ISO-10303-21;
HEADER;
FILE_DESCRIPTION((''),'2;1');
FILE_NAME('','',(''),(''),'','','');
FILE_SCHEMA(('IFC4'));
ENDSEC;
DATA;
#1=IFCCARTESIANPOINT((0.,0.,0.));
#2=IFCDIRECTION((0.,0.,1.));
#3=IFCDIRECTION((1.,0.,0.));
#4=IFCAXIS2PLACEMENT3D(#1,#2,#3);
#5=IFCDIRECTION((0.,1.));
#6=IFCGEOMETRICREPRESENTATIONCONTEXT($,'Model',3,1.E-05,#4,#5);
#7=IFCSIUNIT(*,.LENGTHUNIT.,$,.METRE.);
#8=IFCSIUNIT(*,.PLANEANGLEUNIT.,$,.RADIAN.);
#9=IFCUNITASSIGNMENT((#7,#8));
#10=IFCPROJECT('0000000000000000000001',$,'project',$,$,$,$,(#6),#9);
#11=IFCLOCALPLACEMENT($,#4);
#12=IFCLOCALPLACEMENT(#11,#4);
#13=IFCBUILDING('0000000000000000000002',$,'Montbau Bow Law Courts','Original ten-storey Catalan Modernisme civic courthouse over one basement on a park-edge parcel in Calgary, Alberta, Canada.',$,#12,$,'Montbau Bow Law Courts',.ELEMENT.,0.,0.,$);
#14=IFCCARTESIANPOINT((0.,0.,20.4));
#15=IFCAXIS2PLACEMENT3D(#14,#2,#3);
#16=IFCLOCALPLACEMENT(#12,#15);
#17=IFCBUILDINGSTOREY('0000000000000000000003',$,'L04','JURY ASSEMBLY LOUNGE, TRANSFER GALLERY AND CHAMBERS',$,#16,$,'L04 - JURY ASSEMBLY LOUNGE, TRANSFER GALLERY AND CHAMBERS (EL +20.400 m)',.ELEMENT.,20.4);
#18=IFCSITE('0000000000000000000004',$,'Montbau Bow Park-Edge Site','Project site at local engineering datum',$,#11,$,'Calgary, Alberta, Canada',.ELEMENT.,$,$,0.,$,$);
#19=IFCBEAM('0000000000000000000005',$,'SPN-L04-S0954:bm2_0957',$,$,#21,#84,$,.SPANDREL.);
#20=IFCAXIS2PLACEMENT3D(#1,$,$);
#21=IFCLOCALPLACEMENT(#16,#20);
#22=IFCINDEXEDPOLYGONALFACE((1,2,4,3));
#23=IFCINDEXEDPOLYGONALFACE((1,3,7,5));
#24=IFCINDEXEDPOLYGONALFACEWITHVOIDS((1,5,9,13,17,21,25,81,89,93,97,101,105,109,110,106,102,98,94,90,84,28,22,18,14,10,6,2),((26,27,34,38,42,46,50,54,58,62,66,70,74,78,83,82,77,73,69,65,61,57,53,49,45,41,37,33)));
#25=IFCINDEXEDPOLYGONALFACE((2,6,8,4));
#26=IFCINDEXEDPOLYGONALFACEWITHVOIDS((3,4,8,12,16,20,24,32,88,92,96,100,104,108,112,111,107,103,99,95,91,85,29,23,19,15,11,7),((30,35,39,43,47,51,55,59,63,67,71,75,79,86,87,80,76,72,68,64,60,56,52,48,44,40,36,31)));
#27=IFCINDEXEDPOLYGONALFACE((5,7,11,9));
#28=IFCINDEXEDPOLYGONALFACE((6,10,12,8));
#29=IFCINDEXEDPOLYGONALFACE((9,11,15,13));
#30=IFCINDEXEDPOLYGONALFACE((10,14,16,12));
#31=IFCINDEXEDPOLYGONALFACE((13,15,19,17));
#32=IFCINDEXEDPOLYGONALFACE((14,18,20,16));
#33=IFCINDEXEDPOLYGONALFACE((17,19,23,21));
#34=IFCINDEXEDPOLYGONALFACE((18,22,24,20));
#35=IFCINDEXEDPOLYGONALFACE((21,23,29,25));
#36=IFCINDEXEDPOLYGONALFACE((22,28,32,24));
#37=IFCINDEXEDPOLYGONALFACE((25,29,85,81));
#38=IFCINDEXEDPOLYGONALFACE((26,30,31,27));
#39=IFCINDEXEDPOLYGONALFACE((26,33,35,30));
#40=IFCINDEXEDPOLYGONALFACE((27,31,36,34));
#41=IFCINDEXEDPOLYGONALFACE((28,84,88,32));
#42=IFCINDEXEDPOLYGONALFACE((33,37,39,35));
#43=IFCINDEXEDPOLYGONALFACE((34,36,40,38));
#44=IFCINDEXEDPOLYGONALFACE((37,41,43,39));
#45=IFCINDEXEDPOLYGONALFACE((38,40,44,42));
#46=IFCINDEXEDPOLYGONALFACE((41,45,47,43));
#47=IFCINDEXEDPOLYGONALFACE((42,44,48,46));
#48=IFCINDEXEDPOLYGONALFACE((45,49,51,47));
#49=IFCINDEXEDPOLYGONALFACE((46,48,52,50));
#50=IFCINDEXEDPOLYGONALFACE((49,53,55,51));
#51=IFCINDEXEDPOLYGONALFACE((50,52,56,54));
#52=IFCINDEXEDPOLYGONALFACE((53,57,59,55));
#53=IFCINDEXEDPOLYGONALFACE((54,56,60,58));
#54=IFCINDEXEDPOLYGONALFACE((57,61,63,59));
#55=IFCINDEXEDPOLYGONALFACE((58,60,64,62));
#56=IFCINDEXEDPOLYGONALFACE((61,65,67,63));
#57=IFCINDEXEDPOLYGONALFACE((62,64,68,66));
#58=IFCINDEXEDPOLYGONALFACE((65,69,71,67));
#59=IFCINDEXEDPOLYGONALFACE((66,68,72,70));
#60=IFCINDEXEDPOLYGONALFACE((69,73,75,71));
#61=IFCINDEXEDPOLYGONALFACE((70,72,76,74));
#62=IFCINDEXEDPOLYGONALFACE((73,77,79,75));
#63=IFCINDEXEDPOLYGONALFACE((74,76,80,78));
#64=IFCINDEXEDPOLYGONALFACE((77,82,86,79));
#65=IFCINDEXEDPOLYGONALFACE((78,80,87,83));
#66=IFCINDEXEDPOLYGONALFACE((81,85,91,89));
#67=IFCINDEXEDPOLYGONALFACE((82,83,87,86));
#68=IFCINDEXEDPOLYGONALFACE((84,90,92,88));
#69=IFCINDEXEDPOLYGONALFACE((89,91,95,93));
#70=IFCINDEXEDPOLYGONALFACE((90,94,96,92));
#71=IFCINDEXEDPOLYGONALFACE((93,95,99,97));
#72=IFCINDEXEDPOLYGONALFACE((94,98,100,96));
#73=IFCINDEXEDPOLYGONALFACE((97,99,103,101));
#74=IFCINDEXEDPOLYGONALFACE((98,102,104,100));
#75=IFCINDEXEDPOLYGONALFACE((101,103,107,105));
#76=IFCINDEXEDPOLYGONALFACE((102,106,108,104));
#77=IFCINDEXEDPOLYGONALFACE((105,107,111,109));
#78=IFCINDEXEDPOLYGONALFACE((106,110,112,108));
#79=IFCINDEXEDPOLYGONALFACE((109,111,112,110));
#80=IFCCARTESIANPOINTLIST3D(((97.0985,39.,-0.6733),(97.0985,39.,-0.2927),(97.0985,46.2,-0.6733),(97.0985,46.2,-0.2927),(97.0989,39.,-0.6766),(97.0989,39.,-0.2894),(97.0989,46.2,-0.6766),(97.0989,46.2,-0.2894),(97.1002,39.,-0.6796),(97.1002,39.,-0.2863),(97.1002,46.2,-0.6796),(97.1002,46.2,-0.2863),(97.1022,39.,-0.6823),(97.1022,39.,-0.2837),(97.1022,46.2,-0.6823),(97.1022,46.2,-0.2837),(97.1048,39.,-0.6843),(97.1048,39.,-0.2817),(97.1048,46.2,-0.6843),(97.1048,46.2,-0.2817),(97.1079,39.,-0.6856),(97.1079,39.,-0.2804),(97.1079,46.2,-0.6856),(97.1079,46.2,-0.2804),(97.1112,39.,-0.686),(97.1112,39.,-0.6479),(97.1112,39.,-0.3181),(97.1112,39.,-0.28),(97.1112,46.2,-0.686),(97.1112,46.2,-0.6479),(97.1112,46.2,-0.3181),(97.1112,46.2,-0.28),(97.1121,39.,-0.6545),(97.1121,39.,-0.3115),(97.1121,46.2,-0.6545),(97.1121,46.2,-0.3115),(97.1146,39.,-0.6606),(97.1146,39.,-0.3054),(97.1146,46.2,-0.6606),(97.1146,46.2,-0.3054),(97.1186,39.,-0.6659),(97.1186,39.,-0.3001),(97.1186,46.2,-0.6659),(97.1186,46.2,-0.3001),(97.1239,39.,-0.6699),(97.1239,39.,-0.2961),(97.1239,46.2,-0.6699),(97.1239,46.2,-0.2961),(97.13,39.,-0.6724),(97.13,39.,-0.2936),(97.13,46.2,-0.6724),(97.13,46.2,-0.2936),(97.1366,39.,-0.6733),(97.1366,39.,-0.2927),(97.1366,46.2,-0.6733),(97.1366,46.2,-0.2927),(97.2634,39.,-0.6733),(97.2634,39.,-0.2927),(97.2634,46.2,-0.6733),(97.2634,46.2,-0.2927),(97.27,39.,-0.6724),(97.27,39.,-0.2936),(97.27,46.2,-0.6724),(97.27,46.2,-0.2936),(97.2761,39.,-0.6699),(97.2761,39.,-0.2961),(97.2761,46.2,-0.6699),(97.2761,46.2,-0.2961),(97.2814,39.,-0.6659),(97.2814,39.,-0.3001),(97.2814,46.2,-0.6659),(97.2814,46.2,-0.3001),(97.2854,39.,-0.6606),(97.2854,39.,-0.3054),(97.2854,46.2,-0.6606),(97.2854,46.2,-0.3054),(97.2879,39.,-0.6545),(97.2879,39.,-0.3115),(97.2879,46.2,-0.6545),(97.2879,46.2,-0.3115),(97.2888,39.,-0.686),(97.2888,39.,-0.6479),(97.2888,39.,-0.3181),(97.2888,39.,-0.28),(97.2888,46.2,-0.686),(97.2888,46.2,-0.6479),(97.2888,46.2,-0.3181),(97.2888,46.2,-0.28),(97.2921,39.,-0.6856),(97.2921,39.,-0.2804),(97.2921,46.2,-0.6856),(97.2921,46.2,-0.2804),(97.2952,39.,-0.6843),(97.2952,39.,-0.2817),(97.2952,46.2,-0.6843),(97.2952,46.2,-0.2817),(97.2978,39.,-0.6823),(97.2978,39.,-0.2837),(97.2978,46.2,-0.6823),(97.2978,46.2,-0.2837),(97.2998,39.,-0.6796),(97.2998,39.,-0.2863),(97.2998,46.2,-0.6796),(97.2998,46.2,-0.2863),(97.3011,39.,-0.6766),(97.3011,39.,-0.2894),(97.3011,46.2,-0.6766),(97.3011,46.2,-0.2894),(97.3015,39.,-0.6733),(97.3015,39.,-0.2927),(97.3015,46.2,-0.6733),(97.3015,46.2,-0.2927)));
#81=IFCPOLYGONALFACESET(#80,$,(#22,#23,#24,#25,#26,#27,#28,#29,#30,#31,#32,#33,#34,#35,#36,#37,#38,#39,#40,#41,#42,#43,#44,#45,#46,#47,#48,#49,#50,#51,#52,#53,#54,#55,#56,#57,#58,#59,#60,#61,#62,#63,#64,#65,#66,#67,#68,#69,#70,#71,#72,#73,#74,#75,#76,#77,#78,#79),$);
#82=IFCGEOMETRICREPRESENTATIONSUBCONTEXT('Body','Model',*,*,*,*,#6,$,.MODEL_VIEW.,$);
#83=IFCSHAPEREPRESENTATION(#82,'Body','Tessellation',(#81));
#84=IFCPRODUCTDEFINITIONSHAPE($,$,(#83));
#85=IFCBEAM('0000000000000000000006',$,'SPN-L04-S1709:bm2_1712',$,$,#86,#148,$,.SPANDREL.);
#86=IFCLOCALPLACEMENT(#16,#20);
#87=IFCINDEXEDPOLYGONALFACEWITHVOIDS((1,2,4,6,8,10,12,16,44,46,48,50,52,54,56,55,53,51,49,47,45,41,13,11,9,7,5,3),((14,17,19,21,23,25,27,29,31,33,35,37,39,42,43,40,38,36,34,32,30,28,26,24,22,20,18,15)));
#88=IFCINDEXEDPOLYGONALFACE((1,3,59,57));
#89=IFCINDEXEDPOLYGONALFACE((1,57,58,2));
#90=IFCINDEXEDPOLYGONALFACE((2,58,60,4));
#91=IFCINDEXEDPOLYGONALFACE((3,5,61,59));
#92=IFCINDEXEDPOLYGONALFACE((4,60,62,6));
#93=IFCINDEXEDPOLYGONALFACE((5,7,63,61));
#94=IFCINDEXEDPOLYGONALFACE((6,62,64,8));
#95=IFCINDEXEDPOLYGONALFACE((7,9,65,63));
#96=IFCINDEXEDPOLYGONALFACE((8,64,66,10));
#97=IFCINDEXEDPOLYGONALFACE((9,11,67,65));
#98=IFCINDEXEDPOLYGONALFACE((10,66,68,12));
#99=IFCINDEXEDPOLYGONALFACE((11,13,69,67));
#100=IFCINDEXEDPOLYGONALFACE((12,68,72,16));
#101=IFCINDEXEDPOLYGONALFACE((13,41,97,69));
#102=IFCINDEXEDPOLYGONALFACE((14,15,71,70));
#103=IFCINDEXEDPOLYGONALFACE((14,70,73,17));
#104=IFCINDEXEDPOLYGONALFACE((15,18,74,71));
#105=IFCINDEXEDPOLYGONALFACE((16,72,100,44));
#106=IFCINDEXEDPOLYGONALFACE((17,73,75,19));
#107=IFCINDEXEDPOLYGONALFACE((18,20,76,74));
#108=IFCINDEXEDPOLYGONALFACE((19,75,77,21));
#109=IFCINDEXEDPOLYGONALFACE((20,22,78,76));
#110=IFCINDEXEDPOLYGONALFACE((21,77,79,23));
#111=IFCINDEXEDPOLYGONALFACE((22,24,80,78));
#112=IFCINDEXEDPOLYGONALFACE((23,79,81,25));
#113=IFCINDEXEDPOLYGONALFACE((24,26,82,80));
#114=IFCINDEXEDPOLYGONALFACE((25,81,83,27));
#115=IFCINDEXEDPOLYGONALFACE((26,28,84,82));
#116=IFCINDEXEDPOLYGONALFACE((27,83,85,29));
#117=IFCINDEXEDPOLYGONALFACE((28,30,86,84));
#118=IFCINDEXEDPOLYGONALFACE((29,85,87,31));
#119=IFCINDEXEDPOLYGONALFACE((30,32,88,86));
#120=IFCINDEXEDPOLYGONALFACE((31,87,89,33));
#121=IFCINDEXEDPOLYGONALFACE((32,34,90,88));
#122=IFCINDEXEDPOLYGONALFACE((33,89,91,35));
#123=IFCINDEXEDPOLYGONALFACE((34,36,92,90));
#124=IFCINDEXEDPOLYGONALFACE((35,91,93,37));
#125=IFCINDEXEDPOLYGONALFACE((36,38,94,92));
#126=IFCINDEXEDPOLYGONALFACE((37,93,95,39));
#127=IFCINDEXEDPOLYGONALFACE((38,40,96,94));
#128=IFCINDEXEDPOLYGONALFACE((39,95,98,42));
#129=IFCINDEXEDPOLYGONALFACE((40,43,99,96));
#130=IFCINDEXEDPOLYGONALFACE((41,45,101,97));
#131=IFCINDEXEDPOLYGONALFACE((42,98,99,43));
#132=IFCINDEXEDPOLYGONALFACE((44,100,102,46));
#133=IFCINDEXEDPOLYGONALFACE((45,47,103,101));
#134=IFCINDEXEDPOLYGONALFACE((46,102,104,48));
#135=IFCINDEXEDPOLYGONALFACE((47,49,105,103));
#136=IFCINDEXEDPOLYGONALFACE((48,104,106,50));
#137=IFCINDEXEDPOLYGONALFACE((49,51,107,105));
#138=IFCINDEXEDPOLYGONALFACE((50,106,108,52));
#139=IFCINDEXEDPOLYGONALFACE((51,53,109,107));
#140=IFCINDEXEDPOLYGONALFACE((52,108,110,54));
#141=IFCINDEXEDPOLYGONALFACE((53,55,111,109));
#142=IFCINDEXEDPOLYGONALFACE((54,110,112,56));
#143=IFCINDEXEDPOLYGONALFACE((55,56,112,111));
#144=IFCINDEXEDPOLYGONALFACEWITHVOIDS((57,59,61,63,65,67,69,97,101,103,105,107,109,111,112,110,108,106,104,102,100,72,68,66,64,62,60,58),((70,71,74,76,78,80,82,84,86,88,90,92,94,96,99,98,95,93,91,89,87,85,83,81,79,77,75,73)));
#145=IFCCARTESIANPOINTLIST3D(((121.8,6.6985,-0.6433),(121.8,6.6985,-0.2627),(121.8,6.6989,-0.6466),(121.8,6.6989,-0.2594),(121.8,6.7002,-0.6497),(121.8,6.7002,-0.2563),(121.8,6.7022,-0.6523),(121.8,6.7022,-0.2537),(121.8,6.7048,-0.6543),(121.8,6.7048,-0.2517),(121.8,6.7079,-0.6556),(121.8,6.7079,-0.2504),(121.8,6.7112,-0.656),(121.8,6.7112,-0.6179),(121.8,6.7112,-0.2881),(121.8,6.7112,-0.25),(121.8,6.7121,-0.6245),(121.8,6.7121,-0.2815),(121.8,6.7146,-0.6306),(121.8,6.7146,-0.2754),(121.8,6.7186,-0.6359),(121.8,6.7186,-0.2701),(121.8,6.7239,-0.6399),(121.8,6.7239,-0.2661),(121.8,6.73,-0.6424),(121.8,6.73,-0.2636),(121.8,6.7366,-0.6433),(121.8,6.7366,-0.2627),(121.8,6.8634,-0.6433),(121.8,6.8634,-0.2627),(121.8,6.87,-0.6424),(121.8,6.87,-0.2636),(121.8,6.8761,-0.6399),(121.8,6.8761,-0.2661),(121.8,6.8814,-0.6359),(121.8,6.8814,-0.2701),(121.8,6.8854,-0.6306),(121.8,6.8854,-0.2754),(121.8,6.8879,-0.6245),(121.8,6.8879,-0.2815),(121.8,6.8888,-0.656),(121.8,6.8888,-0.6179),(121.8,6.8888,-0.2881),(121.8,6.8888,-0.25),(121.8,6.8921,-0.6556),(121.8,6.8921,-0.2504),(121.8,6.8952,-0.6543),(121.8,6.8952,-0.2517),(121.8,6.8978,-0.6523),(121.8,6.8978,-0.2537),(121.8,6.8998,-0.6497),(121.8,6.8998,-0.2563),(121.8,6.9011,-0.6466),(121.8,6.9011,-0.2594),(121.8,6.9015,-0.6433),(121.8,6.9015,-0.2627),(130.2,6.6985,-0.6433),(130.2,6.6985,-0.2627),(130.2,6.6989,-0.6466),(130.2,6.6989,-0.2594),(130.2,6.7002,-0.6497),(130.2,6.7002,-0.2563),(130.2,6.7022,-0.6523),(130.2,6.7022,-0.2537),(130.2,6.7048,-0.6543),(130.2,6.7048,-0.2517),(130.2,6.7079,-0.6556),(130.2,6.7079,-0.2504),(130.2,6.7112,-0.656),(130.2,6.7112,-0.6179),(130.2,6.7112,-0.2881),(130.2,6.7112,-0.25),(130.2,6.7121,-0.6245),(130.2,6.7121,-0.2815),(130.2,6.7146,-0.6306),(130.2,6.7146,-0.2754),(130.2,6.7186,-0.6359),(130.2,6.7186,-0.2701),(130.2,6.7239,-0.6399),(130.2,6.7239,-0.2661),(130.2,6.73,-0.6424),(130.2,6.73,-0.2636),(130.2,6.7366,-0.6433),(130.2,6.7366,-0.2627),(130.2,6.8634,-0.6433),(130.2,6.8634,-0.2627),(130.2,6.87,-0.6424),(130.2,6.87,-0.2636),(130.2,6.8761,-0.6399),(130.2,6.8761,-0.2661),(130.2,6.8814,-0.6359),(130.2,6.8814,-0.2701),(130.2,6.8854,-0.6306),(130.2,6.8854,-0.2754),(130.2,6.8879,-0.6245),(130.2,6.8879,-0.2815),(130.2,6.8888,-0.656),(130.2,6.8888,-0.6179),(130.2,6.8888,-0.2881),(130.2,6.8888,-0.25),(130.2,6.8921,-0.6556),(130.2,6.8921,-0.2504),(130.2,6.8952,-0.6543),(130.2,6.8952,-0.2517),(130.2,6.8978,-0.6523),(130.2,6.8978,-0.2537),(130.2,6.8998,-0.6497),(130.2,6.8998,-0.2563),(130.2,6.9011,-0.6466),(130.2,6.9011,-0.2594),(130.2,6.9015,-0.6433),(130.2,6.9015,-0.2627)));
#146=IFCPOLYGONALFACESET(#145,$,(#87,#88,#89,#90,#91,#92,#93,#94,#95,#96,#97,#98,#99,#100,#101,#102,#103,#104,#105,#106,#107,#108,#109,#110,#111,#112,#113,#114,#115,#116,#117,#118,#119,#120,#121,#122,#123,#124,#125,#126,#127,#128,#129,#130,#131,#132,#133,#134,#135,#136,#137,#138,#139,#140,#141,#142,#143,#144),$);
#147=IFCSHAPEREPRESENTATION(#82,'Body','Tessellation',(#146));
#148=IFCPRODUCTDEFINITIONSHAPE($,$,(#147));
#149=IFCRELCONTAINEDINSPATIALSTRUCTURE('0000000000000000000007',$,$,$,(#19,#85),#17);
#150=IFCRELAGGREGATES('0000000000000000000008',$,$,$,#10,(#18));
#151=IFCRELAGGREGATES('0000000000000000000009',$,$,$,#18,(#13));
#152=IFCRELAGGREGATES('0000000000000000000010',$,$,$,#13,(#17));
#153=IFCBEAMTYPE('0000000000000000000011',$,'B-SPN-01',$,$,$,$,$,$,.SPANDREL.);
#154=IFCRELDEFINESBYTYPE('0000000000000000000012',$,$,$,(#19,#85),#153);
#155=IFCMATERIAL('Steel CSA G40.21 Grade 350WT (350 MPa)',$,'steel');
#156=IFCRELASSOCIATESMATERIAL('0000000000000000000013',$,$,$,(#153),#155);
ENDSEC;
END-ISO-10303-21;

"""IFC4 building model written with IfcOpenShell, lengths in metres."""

from ifc_helpers import new_model, si_unit, direction, frame, origin_with_axes, origin_2d_with_axis, place, context, subcontext, project, spatial, hollow_rectangle, extrude, material, material_profile, profile_set, type_object, element, save


model = new_model("IFC4")

# Units and contexts
model_context = context("Model", 3, precision=1e-05, world=origin_with_axes(), true_north=direction((0.0, 1.0)))
body_context = subcontext(model_context, "Body", "Model", "MODEL_VIEW")
ifc_project = project(units=[si_unit("LENGTHUNIT", "METRE"), si_unit("PLANEANGLEUNIT", "RADIAN")], contexts=[model_context])

# Site, building, storey
site_placement = place(None, origin_with_axes())
site = spatial("IfcSite", under=ifc_project, at=site_placement, Name="Montbau Bow Park-Edge Site", Description="Project site at local engineering datum", LongName="Calgary, Alberta, Canada", CompositionType="ELEMENT", RefElevation=0.0)
building_placement = place(site_placement, origin_with_axes())
building = spatial("IfcBuilding", under=site, at=building_placement, Name="Montbau Bow Law Courts", Description="Original ten-storey Catalan Modernisme civic courthouse over one basement on a park-edge parcel in Calgary, Alberta, Canada.", LongName="Montbau Bow Law Courts", CompositionType="ELEMENT", ElevationOfRefHeight=0.0, ElevationOfTerrain=0.0)
storey_placement = place(building_placement, frame((0.0, 0.0, 20.4), z_axis=(0.0, 0.0, 1.0), x_axis=(1.0, 0.0, 0.0)))
storey = spatial("IfcBuildingStorey", under=building, at=storey_placement, Name="L04", Description="JURY ASSEMBLY LOUNGE, TRANSFER GALLERY AND CHAMBERS", LongName="L04 - JURY ASSEMBLY LOUNGE, TRANSFER GALLERY AND CHAMBERS (EL +20.400 m)", CompositionType="ELEMENT", Elevation=20.4)

# Beams
ifc_material_1 = material(Name="Steel CSA G40.21 Grade 350WT (350 MPa)", Category="steel")
ifc_material_profile_1 = material_profile(ifc_material_1, hollow_rectangle(XDim=0.203, YDim=0.406, WallThickness=0.0127, InnerFilletRadius=0.0254, OuterFilletRadius=0.0127, at=origin_2d_with_axis()), Name="HSS406X203X13", Category="Main", Priority=0)
ifc_profile_set_1 = profile_set([ifc_material_profile_1], Name="Steel CSA G40.21 Grade 350WT (350 MPa)")
beam_type_1 = type_object("IfcBeamType", Name="B-SPN-01", PredefinedType="SPANDREL", material=ifc_profile_set_1)
beam_1_placement = place(None, frame((97.2, 39.0, 19.917), z_axis=(0.0, 1.0, 0.0), x_axis=(-1.0, 0.0, 0.0)))
element("IfcBeam", 1, at=beam_1_placement, inside=storey, type_object=beam_type_1, Name="SPN-L04-S0954:bm2_0957", PredefinedType="SPANDREL", context=body_context, shape_type="SweptSolid", body=[
    extrude(hollow_rectangle(XDim=0.203, YDim=0.406, WallThickness=0.0127, InnerFilletRadius=0.0254, OuterFilletRadius=0.0127, at=origin_2d_with_axis()), origin_with_axes(), (0.0, 0.0, 1.0), 7.2),
])
beam_2_placement = place(None, frame((121.8, 6.8, 19.947), z_axis=(1.0, 0.0, 0.0), x_axis=(0.0, 1.0, 0.0)))
element("IfcBeam", 2, at=beam_2_placement, inside=storey, type_object=beam_type_1, Name="SPN-L04-S1709:bm2_1712", PredefinedType="SPANDREL", context=body_context, shape_type="SweptSolid", body=[
    extrude(hollow_rectangle(XDim=0.203, YDim=0.406, WallThickness=0.0127, InnerFilletRadius=0.0254, OuterFilletRadius=0.0127, at=origin_2d_with_axis()), origin_with_axes(), (0.0, 0.0, 1.0), 8.4),
])

save(model, "model.ifc")
